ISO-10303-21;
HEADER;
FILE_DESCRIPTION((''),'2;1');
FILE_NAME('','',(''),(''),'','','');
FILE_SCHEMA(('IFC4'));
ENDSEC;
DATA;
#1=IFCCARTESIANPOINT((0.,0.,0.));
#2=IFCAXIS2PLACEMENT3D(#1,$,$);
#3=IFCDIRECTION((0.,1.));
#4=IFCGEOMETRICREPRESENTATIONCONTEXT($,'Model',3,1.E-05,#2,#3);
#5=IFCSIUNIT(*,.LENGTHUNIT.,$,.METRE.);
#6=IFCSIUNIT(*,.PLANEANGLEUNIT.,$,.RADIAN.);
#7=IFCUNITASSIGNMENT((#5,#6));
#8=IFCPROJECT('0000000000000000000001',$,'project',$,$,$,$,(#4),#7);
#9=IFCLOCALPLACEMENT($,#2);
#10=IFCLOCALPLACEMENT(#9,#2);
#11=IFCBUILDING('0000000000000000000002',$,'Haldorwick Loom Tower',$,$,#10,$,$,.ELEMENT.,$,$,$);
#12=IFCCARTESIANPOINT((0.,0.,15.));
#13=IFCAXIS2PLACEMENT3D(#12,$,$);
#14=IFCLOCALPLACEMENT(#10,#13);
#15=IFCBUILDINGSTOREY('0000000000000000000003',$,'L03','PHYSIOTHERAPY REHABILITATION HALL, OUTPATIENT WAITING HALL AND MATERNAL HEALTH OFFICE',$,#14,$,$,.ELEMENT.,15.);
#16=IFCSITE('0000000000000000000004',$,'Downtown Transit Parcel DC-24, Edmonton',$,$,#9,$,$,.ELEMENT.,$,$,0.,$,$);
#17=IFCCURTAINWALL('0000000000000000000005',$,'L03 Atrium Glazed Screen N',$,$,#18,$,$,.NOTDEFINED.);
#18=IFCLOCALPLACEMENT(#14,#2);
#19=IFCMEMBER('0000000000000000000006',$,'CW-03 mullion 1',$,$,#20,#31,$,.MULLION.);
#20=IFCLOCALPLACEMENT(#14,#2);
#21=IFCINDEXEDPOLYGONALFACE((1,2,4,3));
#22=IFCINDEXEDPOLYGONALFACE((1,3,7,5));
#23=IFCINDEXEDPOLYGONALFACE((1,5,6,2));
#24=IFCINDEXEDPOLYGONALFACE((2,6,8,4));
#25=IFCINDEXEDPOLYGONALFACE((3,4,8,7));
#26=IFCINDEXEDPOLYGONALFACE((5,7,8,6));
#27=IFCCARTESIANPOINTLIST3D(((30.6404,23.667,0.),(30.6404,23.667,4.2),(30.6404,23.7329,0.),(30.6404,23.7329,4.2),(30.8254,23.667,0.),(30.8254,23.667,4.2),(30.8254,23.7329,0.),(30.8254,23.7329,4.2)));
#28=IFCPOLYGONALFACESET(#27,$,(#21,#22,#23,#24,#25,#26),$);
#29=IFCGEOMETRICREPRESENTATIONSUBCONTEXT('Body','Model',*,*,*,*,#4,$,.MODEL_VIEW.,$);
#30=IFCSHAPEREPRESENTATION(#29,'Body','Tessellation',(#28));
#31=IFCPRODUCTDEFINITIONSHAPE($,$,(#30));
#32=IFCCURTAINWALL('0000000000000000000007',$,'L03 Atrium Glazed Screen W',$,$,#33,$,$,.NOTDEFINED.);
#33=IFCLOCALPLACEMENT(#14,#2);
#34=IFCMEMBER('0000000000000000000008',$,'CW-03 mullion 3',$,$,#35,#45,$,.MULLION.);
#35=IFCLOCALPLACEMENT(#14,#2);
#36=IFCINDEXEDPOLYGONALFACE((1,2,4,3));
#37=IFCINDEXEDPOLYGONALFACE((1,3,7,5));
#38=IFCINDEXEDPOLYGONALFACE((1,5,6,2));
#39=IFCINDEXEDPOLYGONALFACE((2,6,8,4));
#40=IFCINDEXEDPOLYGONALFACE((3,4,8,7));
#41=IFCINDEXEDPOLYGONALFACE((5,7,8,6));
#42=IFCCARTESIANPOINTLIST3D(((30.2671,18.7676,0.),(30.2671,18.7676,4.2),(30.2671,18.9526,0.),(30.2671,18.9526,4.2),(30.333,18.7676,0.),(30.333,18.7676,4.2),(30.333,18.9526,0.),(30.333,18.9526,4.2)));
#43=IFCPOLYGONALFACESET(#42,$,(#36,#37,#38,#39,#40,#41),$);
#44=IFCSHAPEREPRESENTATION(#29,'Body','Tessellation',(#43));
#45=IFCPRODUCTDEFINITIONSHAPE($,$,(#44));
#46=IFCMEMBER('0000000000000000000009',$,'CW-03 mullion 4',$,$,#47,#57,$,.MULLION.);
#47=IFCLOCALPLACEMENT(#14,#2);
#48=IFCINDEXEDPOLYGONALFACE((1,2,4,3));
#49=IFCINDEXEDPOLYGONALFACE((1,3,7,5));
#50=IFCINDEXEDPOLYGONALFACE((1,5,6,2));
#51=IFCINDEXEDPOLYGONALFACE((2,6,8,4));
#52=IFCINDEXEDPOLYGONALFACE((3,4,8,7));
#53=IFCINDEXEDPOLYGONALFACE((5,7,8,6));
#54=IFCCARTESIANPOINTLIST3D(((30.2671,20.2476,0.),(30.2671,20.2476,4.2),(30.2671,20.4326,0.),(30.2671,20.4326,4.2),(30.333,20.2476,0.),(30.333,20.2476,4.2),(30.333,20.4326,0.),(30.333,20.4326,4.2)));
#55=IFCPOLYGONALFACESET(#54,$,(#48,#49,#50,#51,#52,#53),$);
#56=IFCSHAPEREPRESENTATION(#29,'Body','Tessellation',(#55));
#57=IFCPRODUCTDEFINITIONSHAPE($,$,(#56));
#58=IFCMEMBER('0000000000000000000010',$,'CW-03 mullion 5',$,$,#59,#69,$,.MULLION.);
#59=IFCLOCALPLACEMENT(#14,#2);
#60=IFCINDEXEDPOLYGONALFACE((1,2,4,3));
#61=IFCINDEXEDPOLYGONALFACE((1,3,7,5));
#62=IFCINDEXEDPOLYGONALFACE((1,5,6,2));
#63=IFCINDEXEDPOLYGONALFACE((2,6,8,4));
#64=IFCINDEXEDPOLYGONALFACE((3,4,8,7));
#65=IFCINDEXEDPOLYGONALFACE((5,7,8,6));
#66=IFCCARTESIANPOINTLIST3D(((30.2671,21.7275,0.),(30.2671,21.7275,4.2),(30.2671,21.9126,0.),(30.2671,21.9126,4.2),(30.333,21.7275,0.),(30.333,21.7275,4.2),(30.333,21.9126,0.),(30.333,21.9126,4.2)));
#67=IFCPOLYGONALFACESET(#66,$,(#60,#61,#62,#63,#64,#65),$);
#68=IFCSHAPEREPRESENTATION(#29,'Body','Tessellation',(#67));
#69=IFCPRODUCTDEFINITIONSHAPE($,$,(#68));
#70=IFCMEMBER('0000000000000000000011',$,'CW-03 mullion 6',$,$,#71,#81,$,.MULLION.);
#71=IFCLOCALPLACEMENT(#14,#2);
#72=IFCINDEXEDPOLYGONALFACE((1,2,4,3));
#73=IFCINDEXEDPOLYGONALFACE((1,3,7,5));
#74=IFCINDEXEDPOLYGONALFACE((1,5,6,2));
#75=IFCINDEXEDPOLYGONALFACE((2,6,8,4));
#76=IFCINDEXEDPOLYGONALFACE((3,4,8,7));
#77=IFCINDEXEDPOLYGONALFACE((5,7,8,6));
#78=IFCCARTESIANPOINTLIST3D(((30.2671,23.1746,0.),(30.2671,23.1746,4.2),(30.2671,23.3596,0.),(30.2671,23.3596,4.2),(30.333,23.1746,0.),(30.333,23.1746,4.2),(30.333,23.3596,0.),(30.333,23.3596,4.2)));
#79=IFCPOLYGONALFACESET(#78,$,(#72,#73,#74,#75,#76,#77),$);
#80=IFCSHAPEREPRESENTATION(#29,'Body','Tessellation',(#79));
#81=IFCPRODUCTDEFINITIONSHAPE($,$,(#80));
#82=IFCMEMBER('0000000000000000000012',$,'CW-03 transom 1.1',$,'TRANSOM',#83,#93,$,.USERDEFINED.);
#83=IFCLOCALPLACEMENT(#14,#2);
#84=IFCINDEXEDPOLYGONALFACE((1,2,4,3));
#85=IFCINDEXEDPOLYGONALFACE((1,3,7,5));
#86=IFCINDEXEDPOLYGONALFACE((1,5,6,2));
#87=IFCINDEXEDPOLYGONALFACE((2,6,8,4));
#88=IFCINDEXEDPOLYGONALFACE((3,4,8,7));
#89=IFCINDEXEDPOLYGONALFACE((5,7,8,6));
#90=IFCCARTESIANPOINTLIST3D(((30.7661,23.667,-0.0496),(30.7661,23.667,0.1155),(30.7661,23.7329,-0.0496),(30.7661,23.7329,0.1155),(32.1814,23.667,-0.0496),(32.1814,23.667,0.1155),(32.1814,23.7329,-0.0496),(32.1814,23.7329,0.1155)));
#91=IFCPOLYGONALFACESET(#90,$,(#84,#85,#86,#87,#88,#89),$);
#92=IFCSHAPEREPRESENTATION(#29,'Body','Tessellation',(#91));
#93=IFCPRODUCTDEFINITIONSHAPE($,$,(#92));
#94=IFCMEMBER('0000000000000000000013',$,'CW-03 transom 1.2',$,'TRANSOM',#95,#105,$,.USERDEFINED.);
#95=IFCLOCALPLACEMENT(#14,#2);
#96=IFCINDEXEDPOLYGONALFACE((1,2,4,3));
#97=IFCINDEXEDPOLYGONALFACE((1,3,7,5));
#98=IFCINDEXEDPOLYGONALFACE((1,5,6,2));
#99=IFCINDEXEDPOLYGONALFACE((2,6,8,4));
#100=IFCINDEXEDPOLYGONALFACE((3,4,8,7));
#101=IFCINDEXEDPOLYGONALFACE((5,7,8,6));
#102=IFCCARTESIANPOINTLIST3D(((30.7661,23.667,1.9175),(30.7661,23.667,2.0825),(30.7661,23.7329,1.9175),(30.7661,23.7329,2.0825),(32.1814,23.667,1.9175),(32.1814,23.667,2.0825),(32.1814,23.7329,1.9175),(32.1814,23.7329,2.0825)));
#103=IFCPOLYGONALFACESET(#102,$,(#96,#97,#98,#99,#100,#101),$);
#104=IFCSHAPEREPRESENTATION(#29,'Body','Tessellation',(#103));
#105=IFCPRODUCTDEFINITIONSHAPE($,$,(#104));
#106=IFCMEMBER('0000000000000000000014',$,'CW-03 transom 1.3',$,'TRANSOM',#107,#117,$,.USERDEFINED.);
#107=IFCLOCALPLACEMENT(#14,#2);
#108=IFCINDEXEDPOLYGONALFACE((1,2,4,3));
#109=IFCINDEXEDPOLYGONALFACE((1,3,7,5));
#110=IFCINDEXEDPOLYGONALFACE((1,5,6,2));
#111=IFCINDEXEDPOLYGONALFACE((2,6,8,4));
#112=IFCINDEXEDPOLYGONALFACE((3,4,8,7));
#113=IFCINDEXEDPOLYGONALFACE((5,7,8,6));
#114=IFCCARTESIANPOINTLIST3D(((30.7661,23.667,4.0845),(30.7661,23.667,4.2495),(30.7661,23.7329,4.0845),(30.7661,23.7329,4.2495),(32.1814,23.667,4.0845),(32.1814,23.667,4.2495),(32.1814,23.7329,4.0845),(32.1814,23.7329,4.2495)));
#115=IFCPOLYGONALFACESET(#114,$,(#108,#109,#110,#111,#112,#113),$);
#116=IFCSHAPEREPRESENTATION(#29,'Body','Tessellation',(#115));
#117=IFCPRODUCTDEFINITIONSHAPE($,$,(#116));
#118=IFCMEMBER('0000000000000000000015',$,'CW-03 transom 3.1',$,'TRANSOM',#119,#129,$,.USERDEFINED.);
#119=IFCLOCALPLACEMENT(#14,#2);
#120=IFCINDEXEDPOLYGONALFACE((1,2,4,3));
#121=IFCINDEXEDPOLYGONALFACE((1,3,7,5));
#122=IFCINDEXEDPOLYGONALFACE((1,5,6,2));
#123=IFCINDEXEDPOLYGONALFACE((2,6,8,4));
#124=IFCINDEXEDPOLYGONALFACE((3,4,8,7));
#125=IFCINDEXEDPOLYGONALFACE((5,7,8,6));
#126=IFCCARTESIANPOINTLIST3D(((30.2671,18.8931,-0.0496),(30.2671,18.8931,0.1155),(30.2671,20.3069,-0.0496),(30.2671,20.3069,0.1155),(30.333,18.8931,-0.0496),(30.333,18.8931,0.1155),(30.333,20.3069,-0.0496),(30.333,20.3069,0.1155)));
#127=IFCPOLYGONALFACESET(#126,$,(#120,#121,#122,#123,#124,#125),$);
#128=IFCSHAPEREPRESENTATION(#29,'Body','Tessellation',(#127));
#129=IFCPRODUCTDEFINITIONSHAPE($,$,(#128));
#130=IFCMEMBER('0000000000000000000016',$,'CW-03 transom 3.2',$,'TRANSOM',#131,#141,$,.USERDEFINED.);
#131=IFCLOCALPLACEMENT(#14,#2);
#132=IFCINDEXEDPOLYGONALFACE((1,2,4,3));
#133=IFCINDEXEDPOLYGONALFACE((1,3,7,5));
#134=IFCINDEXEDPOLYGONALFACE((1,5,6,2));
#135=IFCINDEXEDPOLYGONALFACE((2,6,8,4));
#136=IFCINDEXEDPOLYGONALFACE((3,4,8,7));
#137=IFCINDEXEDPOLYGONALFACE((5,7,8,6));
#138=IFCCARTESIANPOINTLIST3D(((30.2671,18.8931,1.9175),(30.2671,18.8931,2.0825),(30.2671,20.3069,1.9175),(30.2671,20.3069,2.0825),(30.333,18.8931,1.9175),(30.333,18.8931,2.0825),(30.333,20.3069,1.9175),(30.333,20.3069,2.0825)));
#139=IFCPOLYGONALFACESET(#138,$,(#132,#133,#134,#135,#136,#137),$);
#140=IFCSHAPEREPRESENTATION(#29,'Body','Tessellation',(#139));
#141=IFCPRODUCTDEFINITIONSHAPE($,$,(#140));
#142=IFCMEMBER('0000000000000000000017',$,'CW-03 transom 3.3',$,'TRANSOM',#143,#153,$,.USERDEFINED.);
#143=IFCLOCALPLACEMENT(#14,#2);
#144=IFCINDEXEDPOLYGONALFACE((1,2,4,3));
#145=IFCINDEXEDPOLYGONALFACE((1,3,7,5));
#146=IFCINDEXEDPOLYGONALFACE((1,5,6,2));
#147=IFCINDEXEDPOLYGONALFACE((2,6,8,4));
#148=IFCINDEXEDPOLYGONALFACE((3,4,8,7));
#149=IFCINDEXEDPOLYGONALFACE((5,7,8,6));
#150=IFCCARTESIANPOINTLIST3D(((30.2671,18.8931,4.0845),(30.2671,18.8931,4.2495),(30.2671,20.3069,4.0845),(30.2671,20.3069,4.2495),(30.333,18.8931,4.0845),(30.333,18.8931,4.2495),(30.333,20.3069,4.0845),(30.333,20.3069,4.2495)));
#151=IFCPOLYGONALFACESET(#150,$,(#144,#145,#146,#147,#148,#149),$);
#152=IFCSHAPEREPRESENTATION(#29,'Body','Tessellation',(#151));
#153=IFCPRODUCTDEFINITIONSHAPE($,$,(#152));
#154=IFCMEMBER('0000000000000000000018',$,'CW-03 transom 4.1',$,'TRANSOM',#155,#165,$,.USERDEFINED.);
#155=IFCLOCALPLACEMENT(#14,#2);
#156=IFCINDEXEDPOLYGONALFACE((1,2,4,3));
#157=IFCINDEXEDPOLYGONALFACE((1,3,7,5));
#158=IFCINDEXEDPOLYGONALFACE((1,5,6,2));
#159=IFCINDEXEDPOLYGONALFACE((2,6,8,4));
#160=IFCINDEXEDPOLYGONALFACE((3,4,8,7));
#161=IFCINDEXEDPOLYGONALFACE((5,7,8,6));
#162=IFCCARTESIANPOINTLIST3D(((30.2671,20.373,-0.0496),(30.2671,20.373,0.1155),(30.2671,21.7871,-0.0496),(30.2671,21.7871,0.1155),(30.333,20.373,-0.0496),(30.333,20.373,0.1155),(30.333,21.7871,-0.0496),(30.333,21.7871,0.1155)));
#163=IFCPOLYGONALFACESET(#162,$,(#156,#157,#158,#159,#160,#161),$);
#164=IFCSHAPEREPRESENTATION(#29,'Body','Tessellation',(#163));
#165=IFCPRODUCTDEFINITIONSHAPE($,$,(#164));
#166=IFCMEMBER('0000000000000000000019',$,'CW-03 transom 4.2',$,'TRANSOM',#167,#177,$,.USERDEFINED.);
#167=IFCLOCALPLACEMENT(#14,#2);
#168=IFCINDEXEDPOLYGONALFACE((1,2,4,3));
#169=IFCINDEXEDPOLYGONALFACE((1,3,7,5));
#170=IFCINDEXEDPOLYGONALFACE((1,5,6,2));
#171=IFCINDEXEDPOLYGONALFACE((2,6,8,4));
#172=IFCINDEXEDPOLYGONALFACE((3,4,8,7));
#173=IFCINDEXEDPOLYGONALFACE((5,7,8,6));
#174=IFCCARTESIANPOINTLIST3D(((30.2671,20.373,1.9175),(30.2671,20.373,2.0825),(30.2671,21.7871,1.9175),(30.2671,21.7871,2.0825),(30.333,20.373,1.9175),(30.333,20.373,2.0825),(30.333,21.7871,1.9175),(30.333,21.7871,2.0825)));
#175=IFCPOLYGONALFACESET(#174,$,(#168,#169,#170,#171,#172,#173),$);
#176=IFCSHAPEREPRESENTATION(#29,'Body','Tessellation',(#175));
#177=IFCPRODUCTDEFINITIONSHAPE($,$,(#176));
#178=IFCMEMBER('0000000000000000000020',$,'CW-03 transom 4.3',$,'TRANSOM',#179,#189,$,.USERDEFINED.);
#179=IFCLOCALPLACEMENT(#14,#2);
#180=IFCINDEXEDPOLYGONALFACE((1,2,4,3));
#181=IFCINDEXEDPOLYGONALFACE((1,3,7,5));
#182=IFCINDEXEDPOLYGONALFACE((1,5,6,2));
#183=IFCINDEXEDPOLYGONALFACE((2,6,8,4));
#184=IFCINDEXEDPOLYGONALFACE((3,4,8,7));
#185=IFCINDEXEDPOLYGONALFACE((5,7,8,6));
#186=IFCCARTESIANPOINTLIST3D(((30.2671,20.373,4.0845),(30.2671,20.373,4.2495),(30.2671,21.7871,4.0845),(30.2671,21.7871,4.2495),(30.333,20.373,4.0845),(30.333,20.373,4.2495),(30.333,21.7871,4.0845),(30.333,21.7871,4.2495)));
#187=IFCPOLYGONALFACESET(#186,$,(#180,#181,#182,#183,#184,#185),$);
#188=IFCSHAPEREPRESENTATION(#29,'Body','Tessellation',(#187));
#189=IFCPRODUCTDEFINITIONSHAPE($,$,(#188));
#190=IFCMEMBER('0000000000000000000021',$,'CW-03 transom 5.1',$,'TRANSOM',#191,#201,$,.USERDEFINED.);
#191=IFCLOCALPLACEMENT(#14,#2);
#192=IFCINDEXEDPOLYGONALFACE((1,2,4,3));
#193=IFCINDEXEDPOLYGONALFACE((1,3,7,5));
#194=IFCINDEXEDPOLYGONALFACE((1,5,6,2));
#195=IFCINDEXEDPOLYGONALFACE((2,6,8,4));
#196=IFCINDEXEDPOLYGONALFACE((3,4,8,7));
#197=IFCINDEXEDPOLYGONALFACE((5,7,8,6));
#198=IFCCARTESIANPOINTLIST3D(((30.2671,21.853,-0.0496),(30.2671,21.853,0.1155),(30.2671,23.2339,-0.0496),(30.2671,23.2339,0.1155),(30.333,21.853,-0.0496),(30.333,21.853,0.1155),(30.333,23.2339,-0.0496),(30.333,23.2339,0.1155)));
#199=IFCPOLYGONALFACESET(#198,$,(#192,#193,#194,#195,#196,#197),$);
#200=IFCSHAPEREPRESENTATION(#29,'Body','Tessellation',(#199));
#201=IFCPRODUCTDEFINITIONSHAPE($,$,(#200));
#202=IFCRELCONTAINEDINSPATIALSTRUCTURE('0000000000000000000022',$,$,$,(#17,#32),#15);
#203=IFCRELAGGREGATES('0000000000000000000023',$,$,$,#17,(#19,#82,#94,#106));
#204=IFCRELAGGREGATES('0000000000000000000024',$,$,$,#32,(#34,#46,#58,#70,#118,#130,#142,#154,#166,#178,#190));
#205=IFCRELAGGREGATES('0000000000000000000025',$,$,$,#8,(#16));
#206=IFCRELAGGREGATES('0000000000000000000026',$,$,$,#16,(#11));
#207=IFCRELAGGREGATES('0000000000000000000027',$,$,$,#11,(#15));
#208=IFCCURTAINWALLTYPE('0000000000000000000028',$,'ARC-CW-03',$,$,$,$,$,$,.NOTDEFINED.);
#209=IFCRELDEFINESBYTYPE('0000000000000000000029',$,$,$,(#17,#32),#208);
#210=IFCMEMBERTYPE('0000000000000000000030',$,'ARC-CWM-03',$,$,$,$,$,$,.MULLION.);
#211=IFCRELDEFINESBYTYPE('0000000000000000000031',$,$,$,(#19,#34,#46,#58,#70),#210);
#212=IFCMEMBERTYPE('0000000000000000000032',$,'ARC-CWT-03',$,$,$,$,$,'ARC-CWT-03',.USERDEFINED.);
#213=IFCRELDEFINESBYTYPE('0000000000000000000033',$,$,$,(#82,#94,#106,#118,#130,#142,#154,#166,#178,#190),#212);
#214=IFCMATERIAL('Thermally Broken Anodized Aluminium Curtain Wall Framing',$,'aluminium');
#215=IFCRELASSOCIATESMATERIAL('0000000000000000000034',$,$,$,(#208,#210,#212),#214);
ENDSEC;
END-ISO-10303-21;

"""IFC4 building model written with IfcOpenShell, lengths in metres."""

from ifc_helpers import new_model, si_unit, direction, frame, origin, origin_2d, place, context, subcontext, project, spatial, rectangle, extrude, material, material_profile, profile_set, type_object, element, aggregate, save


model = new_model("IFC4")

# Units and contexts
model_context = context("Model", 3, precision=1e-05, world=origin(), true_north=direction((0.0, 1.0)))
body_context = subcontext(model_context, "Body", "Model", "MODEL_VIEW")
ifc_project = project(units=[si_unit("LENGTHUNIT", "METRE"), si_unit("PLANEANGLEUNIT", "RADIAN")], contexts=[model_context])

# Site, building, storey
site_placement = place(None, origin())
site = spatial("IfcSite", under=ifc_project, at=site_placement, Name="Downtown Transit Parcel DC-24, Edmonton", CompositionType="ELEMENT", RefElevation=0.0)
building_placement = place(site_placement, origin())
building = spatial("IfcBuilding", under=site, at=building_placement, Name="Haldorwick Loom Tower", CompositionType="ELEMENT")
storey_placement = place(building_placement, frame((0.0, 0.0, 15.0)))
storey = spatial("IfcBuildingStorey", under=building, at=storey_placement, Name="L03", Description="PHYSIOTHERAPY REHABILITATION HALL, OUTPATIENT WAITING HALL AND MATERNAL HEALTH OFFICE", CompositionType="ELEMENT", Elevation=15.0)

# Curtain wall, member
ifc_material_1 = material(Name="Thermally Broken Anodized Aluminium Curtain Wall Framing", Category="aluminium")
curtain_wall_type = type_object("IfcCurtainWallType", Name="ARC-CW-03", PredefinedType="NOTDEFINED", material=ifc_material_1)
curtain_wall_1_placement = place(storey_placement, origin())
curtain_wall_1 = element("IfcCurtainWall", 1, at=curtain_wall_1_placement, inside=storey, type_object=curtain_wall_type, Name="L03 Atrium Glazed Screen N", PredefinedType="NOTDEFINED")
ifc_material_profile_1 = material_profile(ifc_material_1, rectangle(XDim=0.0659, YDim=0.1851, at=origin_2d()), Name="ALU_MUL_66X185", Category="aluminium")
ifc_profile_set_1 = profile_set([ifc_material_profile_1], Name="Thermally Broken Anodized Aluminium Curtain Wall Framing")
member_type_1 = type_object("IfcMemberType", Name="ARC-CWM-03", PredefinedType="MULLION", material=ifc_profile_set_1)
member_1_placement = place(storey_placement, frame((30.7329, 23.7, 0.0), z_axis=(0.0, 0.0, 1.0), x_axis=(0.0, 1.0, 0.0)))
member_1 = element("IfcMember", 2, at=member_1_placement, type_object=member_type_1, Name="CW-03 mullion 1", PredefinedType="MULLION", context=body_context, shape_type="SweptSolid", body=[
    extrude(rectangle(XDim=0.0659, YDim=0.1851, at=origin_2d()), origin(), (0.0, 0.0, 1.0), 4.2),
])

# Curtain wall, members
curtain_wall_2_placement = place(storey_placement, origin())
curtain_wall_2 = element("IfcCurtainWall", 3, at=curtain_wall_2_placement, inside=storey, type_object=curtain_wall_type, Name="L03 Atrium Glazed Screen W", PredefinedType="NOTDEFINED")
member_2_placement = place(storey_placement, frame((30.3, 18.8601, 0.0), z_axis=(0.0, 0.0, 1.0), x_axis=(-1.0, 0.0, 0.0)))
member_2 = element("IfcMember", 4, at=member_2_placement, type_object=member_type_1, Name="CW-03 mullion 3", PredefinedType="MULLION", context=body_context, shape_type="SweptSolid", body=[
    extrude(rectangle(XDim=0.0659, YDim=0.1851, at=origin_2d()), origin(), (0.0, 0.0, 1.0), 4.2),
])
member_3_placement = place(storey_placement, frame((30.3, 20.3401, 0.0), z_axis=(0.0, 0.0, 1.0), x_axis=(-1.0, 0.0, 0.0)))
member_3 = element("IfcMember", 5, at=member_3_placement, type_object=member_type_1, Name="CW-03 mullion 4", PredefinedType="MULLION", context=body_context, shape_type="SweptSolid", body=[
    extrude(rectangle(XDim=0.0659, YDim=0.1851, at=origin_2d()), origin(), (0.0, 0.0, 1.0), 4.2),
])
member_4_placement = place(storey_placement, frame((30.3, 21.8201, 0.0), z_axis=(0.0, 0.0, 1.0), x_axis=(-1.0, 0.0, 0.0)))
member_4 = element("IfcMember", 6, at=member_4_placement, type_object=member_type_1, Name="CW-03 mullion 5", PredefinedType="MULLION", context=body_context, shape_type="SweptSolid", body=[
    extrude(rectangle(XDim=0.0659, YDim=0.1851, at=origin_2d()), origin(), (0.0, 0.0, 1.0), 4.2),
])
member_5_placement = place(storey_placement, frame((30.3, 23.2671, 0.0), z_axis=(0.0, 0.0, 1.0), x_axis=(-1.0, 0.0, 0.0)))
member_5 = element("IfcMember", 7, at=member_5_placement, type_object=member_type_1, Name="CW-03 mullion 6", PredefinedType="MULLION", context=body_context, shape_type="SweptSolid", body=[
    extrude(rectangle(XDim=0.0659, YDim=0.1851, at=origin_2d()), origin(), (0.0, 0.0, 1.0), 4.2),
])

# Members
ifc_material_profile_2 = material_profile(ifc_material_1, rectangle(XDim=0.0659, YDim=0.165, at=origin_2d()), Name="ALU_TRN_66X165", Category="aluminium")
ifc_profile_set_2 = profile_set([ifc_material_profile_2], Name="Thermally Broken Anodized Aluminium Curtain Wall Framing")
member_type_2 = type_object("IfcMemberType", Name="ARC-CWT-03", ElementType="ARC-CWT-03", PredefinedType="USERDEFINED", material=ifc_profile_set_2)
member_6_placement = place(storey_placement, frame((30.7661, 23.7, 0.033), z_axis=(1.0, 0.0, 0.0), x_axis=(0.0, 1.0, 0.0)))
member_6 = element("IfcMember", 8, at=member_6_placement, type_object=member_type_2, Name="CW-03 transom 1.1", ObjectType="TRANSOM", PredefinedType="USERDEFINED", context=body_context, shape_type="SweptSolid", body=[
    extrude(rectangle(XDim=0.0659, YDim=0.165, at=origin_2d()), origin(), (0.0, 0.0, 1.0), 1.4153),
])
member_7_placement = place(storey_placement, frame((30.7661, 23.7, 2.0), z_axis=(1.0, 0.0, 0.0), x_axis=(0.0, 1.0, 0.0)))
member_7 = element("IfcMember", 9, at=member_7_placement, type_object=member_type_2, Name="CW-03 transom 1.2", ObjectType="TRANSOM", PredefinedType="USERDEFINED", context=body_context, shape_type="SweptSolid", body=[
    extrude(rectangle(XDim=0.0659, YDim=0.165, at=origin_2d()), origin(), (0.0, 0.0, 1.0), 1.4153),
])
member_8_placement = place(storey_placement, frame((30.7661, 23.7, 4.167), z_axis=(1.0, 0.0, 0.0), x_axis=(0.0, 1.0, 0.0)))
member_8 = element("IfcMember", 10, at=member_8_placement, type_object=member_type_2, Name="CW-03 transom 1.3", ObjectType="TRANSOM", PredefinedType="USERDEFINED", context=body_context, shape_type="SweptSolid", body=[
    extrude(rectangle(XDim=0.0659, YDim=0.165, at=origin_2d()), origin(), (0.0, 0.0, 1.0), 1.4153),
])
member_9_placement = place(storey_placement, frame((30.3, 18.8931, 0.033), z_axis=(0.0, 1.0, 0.0), x_axis=(-1.0, 0.0, 0.0)))
member_9 = element("IfcMember", 11, at=member_9_placement, type_object=member_type_2, Name="CW-03 transom 3.1", ObjectType="TRANSOM", PredefinedType="USERDEFINED", context=body_context, shape_type="SweptSolid", body=[
    extrude(rectangle(XDim=0.0659, YDim=0.165, at=origin_2d()), origin(), (0.0, 0.0, 1.0), 1.4138),
])
member_10_placement = place(storey_placement, frame((30.3, 18.8931, 2.0), z_axis=(0.0, 1.0, 0.0), x_axis=(-1.0, 0.0, 0.0)))
member_10 = element("IfcMember", 12, at=member_10_placement, type_object=member_type_2, Name="CW-03 transom 3.2", ObjectType="TRANSOM", PredefinedType="USERDEFINED", context=body_context, shape_type="SweptSolid", body=[
    extrude(rectangle(XDim=0.0659, YDim=0.165, at=origin_2d()), origin(), (0.0, 0.0, 1.0), 1.4138),
])
member_11_placement = place(storey_placement, frame((30.3, 18.8931, 4.167), z_axis=(0.0, 1.0, 0.0), x_axis=(-1.0, 0.0, 0.0)))
member_11 = element("IfcMember", 13, at=member_11_placement, type_object=member_type_2, Name="CW-03 transom 3.3", ObjectType="TRANSOM", PredefinedType="USERDEFINED", context=body_context, shape_type="SweptSolid", body=[
    extrude(rectangle(XDim=0.0659, YDim=0.165, at=origin_2d()), origin(), (0.0, 0.0, 1.0), 1.4138),
])
member_12_placement = place(storey_placement, frame((30.3, 20.373, 0.033), z_axis=(0.0, 1.0, 0.0), x_axis=(-1.0, 0.0, 0.0)))
member_12 = element("IfcMember", 14, at=member_12_placement, type_object=member_type_2, Name="CW-03 transom 4.1", ObjectType="TRANSOM", PredefinedType="USERDEFINED", context=body_context, shape_type="SweptSolid", body=[
    extrude(rectangle(XDim=0.0659, YDim=0.165, at=origin_2d()), origin(), (0.0, 0.0, 1.0), 1.4141),
])
member_13_placement = place(storey_placement, frame((30.3, 20.373, 2.0), z_axis=(0.0, 1.0, 0.0), x_axis=(-1.0, 0.0, 0.0)))
member_13 = element("IfcMember", 15, at=member_13_placement, type_object=member_type_2, Name="CW-03 transom 4.2", ObjectType="TRANSOM", PredefinedType="USERDEFINED", context=body_context, shape_type="SweptSolid", body=[
    extrude(rectangle(XDim=0.0659, YDim=0.165, at=origin_2d()), origin(), (0.0, 0.0, 1.0), 1.4141),
])
member_14_placement = place(storey_placement, frame((30.3, 20.373, 4.167), z_axis=(0.0, 1.0, 0.0), x_axis=(-1.0, 0.0, 0.0)))
member_14 = element("IfcMember", 16, at=member_14_placement, type_object=member_type_2, Name="CW-03 transom 4.3", ObjectType="TRANSOM", PredefinedType="USERDEFINED", context=body_context, shape_type="SweptSolid", body=[
    extrude(rectangle(XDim=0.0659, YDim=0.165, at=origin_2d()), origin(), (0.0, 0.0, 1.0), 1.4141),
])
member_15_placement = place(storey_placement, frame((30.3, 21.853, 0.033), z_axis=(0.0, 1.0, 0.0), x_axis=(-1.0, 0.0, 0.0)))
member_15 = element("IfcMember", 17, at=member_15_placement, type_object=member_type_2, Name="CW-03 transom 5.1", ObjectType="TRANSOM", PredefinedType="USERDEFINED", context=body_context, shape_type="SweptSolid", body=[
    extrude(rectangle(XDim=0.0659, YDim=0.165, at=origin_2d()), origin(), (0.0, 0.0, 1.0), 1.3809),
])

aggregate(curtain_wall_1, [member_1, member_6, member_7, member_8])
aggregate(curtain_wall_2, [member_2, member_3, member_4, member_5, member_9, member_10, member_11, member_12, member_13, member_14, member_15])

save(model, "model.ifc")
